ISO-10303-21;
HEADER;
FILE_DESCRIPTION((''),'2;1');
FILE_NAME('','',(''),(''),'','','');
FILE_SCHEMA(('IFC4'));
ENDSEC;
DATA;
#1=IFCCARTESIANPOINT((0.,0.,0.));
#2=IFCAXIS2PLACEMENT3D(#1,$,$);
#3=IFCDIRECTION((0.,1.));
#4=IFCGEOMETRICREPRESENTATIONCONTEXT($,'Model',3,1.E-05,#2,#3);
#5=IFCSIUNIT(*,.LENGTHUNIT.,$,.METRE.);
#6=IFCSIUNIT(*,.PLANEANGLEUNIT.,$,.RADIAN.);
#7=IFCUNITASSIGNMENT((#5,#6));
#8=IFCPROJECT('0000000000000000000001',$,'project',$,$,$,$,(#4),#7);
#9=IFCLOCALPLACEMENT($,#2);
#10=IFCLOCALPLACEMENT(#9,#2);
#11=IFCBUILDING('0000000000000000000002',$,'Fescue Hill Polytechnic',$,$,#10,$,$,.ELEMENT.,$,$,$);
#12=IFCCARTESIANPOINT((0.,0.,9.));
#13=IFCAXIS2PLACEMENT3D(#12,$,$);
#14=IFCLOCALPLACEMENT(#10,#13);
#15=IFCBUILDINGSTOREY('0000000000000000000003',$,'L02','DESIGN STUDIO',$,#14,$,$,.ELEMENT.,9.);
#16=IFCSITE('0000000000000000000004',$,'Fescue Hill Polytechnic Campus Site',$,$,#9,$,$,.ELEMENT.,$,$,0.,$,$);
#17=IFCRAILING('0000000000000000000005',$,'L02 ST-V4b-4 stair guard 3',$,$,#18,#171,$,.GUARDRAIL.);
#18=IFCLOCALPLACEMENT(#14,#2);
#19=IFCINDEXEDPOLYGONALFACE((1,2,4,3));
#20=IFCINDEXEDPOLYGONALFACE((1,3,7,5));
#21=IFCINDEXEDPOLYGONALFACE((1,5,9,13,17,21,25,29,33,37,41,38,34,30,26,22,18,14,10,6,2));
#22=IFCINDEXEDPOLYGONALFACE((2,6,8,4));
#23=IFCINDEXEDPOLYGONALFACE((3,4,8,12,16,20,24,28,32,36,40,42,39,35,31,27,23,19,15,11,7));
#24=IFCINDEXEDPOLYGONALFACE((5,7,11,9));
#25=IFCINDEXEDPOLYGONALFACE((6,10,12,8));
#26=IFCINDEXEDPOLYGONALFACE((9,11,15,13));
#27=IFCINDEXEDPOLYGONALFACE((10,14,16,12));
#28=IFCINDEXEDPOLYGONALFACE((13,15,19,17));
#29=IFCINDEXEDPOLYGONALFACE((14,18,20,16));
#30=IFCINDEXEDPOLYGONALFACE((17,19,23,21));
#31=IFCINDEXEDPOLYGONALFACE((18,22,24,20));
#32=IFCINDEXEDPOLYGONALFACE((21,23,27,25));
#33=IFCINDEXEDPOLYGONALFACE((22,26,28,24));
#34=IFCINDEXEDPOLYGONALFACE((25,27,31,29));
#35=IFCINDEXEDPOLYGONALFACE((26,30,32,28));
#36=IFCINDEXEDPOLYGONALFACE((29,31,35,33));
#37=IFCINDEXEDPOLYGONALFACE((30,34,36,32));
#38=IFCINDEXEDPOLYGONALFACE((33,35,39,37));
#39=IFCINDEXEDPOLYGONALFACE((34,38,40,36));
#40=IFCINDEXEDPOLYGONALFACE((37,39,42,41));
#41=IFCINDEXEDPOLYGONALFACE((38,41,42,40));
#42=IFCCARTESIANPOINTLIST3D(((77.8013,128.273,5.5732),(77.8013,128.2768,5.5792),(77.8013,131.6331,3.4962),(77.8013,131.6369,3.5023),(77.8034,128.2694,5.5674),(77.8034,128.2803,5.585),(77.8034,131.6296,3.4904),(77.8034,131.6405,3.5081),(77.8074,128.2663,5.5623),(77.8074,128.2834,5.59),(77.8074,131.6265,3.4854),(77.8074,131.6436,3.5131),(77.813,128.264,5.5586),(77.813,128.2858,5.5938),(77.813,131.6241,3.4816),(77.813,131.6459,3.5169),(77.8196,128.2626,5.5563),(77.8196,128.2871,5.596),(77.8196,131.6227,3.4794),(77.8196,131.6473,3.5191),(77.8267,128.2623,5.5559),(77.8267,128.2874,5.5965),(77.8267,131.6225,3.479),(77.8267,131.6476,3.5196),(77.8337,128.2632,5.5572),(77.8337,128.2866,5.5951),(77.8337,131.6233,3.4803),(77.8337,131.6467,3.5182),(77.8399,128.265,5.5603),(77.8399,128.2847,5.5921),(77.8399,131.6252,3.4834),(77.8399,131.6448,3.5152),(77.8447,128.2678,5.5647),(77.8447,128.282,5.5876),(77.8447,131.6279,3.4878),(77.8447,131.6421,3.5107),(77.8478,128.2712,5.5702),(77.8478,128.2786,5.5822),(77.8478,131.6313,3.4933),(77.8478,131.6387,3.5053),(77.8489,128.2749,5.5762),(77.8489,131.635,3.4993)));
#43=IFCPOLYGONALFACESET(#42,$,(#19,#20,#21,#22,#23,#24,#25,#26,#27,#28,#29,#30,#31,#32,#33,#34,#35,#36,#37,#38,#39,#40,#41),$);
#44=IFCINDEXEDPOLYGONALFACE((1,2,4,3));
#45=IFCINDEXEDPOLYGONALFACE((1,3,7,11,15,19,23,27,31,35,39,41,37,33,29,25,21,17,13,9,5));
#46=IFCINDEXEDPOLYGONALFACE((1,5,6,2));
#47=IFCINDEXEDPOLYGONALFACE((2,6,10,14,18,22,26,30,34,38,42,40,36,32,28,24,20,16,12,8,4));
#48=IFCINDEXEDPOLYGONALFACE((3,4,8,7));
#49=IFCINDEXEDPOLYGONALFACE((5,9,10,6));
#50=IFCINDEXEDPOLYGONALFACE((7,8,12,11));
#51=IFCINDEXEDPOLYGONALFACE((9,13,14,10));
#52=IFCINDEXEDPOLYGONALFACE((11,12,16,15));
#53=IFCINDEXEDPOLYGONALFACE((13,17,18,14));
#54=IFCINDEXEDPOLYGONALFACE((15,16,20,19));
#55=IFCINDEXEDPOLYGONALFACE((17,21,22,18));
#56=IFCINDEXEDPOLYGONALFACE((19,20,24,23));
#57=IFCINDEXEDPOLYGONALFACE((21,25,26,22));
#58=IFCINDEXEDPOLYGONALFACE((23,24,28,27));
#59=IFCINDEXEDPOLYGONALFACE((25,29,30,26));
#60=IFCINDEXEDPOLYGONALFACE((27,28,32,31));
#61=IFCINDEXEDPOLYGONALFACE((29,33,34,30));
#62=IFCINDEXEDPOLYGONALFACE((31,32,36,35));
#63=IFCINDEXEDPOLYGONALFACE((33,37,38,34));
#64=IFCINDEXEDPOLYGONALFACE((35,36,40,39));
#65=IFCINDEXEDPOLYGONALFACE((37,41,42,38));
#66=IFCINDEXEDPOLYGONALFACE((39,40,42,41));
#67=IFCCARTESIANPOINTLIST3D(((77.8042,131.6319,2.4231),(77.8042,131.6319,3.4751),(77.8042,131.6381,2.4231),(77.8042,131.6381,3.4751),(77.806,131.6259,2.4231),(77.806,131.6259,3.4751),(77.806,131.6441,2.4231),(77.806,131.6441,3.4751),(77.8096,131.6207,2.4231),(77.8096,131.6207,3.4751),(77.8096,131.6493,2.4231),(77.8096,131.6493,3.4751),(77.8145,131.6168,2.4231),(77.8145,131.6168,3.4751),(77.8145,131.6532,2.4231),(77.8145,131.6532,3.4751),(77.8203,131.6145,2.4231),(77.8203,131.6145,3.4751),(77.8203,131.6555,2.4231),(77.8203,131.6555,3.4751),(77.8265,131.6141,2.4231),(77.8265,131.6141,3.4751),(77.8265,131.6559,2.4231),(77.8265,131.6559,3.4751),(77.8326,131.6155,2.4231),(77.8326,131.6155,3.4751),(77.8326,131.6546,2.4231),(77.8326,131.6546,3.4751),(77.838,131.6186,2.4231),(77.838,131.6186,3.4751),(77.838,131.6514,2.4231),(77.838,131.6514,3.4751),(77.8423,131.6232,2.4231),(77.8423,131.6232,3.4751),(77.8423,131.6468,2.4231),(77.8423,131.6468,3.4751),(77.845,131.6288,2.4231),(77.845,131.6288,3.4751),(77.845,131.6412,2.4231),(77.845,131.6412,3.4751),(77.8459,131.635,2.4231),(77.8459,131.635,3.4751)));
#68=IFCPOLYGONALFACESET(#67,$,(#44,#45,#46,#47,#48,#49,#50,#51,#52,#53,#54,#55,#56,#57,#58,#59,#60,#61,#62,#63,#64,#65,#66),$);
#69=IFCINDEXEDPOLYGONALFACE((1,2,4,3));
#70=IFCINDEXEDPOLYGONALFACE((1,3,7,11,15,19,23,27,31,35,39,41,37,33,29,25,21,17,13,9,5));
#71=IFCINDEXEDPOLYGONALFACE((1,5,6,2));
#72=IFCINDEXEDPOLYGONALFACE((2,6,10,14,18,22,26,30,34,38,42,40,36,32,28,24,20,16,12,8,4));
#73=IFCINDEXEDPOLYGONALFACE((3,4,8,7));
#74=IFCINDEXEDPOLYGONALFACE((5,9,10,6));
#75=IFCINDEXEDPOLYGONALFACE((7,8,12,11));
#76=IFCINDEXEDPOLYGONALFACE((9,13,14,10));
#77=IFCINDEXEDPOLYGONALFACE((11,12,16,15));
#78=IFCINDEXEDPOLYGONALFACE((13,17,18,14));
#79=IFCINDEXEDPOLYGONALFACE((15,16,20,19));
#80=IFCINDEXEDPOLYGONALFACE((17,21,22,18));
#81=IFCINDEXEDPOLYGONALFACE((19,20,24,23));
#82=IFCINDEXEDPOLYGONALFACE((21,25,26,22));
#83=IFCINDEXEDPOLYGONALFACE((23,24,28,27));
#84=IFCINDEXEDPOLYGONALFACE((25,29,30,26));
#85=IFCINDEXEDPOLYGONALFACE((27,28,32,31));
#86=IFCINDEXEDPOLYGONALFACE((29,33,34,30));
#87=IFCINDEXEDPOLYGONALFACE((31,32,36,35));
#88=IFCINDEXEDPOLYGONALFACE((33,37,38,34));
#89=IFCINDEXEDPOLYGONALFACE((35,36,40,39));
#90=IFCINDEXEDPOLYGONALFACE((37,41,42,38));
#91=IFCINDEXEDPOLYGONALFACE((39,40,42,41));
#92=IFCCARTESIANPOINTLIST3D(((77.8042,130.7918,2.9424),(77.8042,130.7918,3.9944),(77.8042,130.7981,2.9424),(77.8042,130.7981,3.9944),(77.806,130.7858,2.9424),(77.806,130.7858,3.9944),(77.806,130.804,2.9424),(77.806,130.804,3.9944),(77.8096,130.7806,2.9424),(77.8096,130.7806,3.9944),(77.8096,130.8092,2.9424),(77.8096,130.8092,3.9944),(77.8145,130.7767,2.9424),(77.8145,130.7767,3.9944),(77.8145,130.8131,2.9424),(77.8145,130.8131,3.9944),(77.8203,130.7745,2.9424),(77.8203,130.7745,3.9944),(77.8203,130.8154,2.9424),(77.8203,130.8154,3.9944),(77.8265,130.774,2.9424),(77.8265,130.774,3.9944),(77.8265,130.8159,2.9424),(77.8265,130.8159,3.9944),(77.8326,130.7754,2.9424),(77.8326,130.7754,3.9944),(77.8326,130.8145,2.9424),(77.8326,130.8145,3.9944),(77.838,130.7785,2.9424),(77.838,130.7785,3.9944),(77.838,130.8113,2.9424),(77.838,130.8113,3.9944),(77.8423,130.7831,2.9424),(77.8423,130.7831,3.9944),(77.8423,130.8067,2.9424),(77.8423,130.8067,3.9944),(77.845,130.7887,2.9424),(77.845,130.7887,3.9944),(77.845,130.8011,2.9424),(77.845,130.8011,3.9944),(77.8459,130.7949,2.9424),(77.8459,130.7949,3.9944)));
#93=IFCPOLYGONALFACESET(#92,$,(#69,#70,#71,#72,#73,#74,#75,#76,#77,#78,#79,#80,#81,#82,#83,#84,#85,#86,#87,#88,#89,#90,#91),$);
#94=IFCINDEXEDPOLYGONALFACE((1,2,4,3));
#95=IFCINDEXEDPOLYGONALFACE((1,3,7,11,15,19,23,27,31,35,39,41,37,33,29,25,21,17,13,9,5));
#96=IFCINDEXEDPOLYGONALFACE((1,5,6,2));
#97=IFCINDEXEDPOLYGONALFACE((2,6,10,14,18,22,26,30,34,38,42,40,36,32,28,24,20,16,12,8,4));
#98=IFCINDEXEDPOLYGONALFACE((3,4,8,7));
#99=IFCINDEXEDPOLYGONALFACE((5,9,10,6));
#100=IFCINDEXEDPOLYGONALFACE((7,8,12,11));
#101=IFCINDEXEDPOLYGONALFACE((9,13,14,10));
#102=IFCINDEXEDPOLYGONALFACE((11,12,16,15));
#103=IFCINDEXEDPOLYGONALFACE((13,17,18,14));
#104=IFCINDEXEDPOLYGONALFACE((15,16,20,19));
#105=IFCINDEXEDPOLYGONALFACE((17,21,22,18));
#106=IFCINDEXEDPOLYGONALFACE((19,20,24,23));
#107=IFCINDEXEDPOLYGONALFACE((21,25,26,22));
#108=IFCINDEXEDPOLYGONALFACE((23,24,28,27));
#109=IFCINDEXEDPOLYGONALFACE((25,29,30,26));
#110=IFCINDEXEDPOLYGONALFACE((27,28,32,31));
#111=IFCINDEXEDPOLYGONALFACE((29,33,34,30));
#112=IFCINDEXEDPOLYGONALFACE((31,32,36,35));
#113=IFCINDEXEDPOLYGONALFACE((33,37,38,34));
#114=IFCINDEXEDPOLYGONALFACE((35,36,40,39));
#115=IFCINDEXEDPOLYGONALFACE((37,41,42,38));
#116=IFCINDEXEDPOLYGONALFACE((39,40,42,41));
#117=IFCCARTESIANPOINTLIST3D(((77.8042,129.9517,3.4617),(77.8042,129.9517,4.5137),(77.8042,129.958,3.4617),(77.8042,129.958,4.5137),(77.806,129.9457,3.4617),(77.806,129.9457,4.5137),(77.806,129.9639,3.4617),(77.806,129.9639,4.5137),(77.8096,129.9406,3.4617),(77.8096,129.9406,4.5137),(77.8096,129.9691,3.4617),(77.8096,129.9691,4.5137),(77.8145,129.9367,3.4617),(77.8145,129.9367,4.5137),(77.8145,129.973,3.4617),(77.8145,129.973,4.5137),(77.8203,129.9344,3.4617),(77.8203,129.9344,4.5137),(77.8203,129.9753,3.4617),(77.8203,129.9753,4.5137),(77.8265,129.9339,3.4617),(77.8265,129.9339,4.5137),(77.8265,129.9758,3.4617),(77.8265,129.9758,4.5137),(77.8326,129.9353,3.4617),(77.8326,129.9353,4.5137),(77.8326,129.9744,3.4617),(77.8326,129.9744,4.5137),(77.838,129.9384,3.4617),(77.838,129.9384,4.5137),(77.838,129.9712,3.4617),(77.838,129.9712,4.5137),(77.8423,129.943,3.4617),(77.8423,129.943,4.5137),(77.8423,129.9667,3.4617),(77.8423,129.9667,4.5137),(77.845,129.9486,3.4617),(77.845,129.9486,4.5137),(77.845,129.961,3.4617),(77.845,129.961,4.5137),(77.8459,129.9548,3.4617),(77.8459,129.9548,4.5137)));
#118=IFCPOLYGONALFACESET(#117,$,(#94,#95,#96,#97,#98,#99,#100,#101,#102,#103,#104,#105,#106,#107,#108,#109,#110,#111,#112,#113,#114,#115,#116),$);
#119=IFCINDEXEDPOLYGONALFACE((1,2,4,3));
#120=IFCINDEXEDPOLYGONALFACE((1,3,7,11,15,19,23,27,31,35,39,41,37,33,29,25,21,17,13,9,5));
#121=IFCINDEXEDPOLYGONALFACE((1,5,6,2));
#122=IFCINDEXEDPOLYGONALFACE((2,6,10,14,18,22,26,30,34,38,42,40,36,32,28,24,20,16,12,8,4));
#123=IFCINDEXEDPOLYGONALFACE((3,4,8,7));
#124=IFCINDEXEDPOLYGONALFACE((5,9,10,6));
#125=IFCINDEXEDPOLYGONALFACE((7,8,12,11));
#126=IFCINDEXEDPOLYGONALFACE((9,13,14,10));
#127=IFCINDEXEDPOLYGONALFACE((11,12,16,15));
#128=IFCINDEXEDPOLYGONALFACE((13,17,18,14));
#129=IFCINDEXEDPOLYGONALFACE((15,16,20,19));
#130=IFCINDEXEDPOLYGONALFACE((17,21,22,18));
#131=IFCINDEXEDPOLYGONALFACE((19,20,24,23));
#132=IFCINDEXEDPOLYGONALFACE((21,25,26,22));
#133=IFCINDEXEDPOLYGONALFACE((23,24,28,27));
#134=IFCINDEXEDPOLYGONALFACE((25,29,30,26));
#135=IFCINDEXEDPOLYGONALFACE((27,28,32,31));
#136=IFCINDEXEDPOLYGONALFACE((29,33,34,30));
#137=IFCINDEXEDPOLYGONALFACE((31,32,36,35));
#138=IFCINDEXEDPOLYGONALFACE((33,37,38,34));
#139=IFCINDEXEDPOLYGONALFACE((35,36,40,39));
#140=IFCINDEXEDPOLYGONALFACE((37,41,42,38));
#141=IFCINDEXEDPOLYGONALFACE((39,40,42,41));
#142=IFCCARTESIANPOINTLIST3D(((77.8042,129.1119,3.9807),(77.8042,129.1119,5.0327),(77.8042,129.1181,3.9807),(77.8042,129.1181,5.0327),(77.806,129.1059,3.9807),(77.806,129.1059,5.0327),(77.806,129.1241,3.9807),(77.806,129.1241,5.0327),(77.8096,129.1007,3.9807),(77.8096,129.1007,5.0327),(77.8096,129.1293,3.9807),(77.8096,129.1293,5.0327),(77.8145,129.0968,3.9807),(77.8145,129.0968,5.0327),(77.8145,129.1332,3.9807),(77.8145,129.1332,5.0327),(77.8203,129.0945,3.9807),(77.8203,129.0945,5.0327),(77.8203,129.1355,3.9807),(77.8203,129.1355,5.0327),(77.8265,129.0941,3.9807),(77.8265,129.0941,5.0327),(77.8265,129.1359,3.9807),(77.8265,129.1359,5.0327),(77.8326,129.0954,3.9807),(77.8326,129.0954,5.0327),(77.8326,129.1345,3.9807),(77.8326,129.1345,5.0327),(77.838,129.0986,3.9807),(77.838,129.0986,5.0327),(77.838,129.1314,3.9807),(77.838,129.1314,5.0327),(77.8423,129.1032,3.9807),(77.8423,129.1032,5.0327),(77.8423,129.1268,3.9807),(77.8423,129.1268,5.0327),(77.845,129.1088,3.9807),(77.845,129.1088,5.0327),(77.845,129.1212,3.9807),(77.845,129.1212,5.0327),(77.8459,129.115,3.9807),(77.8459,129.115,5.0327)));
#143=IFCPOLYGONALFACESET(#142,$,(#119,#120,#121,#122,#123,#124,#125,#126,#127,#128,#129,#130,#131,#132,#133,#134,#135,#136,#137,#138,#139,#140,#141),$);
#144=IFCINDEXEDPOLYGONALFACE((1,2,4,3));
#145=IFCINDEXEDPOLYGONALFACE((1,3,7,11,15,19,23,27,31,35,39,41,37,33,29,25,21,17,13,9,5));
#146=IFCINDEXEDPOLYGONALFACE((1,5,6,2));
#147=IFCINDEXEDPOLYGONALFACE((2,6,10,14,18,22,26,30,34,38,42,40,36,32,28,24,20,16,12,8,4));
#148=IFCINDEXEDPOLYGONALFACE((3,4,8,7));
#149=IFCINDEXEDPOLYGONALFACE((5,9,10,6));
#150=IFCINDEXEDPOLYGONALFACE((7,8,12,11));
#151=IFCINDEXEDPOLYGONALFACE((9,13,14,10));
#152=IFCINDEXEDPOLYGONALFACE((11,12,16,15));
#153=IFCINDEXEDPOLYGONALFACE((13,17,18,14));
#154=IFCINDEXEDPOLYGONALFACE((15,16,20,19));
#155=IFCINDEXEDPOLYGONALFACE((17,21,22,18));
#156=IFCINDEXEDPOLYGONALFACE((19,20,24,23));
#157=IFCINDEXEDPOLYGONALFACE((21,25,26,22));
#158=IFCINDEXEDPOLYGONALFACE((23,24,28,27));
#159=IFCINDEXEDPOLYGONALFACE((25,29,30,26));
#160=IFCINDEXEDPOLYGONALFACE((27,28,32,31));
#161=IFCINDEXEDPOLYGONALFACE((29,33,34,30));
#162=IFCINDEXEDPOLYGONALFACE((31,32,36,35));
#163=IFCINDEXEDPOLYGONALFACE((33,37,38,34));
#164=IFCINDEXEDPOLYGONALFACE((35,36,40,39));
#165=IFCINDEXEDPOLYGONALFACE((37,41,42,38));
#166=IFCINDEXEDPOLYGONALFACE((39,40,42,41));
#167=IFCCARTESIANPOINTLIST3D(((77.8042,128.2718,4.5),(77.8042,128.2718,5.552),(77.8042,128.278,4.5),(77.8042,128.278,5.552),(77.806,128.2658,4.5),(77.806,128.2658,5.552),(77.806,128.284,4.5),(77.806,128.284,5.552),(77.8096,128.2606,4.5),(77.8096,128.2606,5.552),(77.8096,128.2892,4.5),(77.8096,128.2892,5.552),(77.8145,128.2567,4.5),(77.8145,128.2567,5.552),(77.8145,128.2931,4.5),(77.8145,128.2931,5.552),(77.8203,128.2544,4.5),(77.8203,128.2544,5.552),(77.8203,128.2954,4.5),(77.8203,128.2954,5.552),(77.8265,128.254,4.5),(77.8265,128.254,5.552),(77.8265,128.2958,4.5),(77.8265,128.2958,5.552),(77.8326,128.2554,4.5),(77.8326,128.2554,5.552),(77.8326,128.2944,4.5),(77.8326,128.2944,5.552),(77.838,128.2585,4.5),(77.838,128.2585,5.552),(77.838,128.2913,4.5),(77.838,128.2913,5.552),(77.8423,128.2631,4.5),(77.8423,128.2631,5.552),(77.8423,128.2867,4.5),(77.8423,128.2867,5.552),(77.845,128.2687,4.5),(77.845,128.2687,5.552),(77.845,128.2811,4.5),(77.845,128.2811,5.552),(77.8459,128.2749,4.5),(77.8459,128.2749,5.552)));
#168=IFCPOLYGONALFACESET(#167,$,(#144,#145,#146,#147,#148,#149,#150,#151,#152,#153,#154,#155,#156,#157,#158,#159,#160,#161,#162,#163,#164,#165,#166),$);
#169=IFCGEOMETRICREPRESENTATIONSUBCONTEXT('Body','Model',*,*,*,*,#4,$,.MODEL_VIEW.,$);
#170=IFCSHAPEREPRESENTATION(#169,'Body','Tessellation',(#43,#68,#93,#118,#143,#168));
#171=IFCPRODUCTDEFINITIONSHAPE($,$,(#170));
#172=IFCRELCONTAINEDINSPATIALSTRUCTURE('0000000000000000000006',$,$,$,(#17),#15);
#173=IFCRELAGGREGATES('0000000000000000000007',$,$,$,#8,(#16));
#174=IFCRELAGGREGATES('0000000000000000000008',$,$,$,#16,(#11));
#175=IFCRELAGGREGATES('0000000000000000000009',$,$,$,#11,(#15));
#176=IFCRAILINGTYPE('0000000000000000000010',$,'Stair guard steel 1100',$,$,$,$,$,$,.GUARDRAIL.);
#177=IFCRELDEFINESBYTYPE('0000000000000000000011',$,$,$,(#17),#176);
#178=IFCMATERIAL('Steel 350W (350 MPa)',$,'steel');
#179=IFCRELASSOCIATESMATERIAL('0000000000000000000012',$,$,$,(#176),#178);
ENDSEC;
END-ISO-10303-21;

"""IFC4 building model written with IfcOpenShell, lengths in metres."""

from ifc_helpers import new_model, si_unit, direction, frame, origin, origin_2d, place, context, subcontext, project, spatial, circle, extrude, material, type_object, element, save


model = new_model("IFC4")

# Units and contexts
model_context = context("Model", 3, precision=1e-05, world=origin(), true_north=direction((0.0, 1.0)))
body_context = subcontext(model_context, "Body", "Model", "MODEL_VIEW")
ifc_project = project(units=[si_unit("LENGTHUNIT", "METRE"), si_unit("PLANEANGLEUNIT", "RADIAN")], contexts=[model_context])

# Site, building, storey
site_placement = place(None, origin())
site = spatial("IfcSite", under=ifc_project, at=site_placement, Name="Fescue Hill Polytechnic Campus Site", CompositionType="ELEMENT", RefElevation=0.0)
building_placement = place(site_placement, origin())
building = spatial("IfcBuilding", under=site, at=building_placement, Name="Fescue Hill Polytechnic", CompositionType="ELEMENT")
storey_placement = place(building_placement, frame((0.0, 0.0, 9.0)))
storey = spatial("IfcBuildingStorey", under=building, at=storey_placement, Name="L02", Description="DESIGN STUDIO", CompositionType="ELEMENT", Elevation=9.0)

# Railing
ifc_material_1 = material(Name="Steel 350W (350 MPa)", Category="steel")
railing_type_1 = type_object("IfcRailingType", Name="Stair guard steel 1100", PredefinedType="GUARDRAIL", material=ifc_material_1)
railing_1_placement = place(storey_placement, frame((77.825, 131.635, 2.4231)))
element("IfcRailing", 1, at=railing_1_placement, inside=storey, type_object=railing_type_1, Name="L02 ST-V4b-4 stair guard 3", PredefinedType="GUARDRAIL", context=body_context, shape_type="SweptSolid", body=[
    extrude(circle(Radius=0.0239, at=origin_2d()), frame((0.0, 0.0, 1.0762), z_axis=(0.0, -0.850623, 0.525776), x_axis=(1.0, 0.0, 0.0)), (0.0, 0.0, 1.0), 3.9502),
    extrude(circle(Radius=0.021, at=origin_2d()), origin(), (0.0, 0.0, 1.0), 1.052),
    extrude(circle(Radius=0.021, at=origin_2d()), frame((0.0, -0.8401, 0.5193)), (0.0, 0.0, 1.0), 1.052),
    extrude(circle(Radius=0.021, at=origin_2d()), frame((0.0, -1.6802, 1.0386)), (0.0, 0.0, 1.0), 1.052),
    extrude(circle(Radius=0.021, at=origin_2d()), frame((0.0, -2.52, 1.5576)), (0.0, 0.0, 1.0), 1.052),
    extrude(circle(Radius=0.021, at=origin_2d()), frame((0.0, -3.3601, 2.0769)), (0.0, 0.0, 1.0), 1.052),
])

save(model, "model.ifc")
